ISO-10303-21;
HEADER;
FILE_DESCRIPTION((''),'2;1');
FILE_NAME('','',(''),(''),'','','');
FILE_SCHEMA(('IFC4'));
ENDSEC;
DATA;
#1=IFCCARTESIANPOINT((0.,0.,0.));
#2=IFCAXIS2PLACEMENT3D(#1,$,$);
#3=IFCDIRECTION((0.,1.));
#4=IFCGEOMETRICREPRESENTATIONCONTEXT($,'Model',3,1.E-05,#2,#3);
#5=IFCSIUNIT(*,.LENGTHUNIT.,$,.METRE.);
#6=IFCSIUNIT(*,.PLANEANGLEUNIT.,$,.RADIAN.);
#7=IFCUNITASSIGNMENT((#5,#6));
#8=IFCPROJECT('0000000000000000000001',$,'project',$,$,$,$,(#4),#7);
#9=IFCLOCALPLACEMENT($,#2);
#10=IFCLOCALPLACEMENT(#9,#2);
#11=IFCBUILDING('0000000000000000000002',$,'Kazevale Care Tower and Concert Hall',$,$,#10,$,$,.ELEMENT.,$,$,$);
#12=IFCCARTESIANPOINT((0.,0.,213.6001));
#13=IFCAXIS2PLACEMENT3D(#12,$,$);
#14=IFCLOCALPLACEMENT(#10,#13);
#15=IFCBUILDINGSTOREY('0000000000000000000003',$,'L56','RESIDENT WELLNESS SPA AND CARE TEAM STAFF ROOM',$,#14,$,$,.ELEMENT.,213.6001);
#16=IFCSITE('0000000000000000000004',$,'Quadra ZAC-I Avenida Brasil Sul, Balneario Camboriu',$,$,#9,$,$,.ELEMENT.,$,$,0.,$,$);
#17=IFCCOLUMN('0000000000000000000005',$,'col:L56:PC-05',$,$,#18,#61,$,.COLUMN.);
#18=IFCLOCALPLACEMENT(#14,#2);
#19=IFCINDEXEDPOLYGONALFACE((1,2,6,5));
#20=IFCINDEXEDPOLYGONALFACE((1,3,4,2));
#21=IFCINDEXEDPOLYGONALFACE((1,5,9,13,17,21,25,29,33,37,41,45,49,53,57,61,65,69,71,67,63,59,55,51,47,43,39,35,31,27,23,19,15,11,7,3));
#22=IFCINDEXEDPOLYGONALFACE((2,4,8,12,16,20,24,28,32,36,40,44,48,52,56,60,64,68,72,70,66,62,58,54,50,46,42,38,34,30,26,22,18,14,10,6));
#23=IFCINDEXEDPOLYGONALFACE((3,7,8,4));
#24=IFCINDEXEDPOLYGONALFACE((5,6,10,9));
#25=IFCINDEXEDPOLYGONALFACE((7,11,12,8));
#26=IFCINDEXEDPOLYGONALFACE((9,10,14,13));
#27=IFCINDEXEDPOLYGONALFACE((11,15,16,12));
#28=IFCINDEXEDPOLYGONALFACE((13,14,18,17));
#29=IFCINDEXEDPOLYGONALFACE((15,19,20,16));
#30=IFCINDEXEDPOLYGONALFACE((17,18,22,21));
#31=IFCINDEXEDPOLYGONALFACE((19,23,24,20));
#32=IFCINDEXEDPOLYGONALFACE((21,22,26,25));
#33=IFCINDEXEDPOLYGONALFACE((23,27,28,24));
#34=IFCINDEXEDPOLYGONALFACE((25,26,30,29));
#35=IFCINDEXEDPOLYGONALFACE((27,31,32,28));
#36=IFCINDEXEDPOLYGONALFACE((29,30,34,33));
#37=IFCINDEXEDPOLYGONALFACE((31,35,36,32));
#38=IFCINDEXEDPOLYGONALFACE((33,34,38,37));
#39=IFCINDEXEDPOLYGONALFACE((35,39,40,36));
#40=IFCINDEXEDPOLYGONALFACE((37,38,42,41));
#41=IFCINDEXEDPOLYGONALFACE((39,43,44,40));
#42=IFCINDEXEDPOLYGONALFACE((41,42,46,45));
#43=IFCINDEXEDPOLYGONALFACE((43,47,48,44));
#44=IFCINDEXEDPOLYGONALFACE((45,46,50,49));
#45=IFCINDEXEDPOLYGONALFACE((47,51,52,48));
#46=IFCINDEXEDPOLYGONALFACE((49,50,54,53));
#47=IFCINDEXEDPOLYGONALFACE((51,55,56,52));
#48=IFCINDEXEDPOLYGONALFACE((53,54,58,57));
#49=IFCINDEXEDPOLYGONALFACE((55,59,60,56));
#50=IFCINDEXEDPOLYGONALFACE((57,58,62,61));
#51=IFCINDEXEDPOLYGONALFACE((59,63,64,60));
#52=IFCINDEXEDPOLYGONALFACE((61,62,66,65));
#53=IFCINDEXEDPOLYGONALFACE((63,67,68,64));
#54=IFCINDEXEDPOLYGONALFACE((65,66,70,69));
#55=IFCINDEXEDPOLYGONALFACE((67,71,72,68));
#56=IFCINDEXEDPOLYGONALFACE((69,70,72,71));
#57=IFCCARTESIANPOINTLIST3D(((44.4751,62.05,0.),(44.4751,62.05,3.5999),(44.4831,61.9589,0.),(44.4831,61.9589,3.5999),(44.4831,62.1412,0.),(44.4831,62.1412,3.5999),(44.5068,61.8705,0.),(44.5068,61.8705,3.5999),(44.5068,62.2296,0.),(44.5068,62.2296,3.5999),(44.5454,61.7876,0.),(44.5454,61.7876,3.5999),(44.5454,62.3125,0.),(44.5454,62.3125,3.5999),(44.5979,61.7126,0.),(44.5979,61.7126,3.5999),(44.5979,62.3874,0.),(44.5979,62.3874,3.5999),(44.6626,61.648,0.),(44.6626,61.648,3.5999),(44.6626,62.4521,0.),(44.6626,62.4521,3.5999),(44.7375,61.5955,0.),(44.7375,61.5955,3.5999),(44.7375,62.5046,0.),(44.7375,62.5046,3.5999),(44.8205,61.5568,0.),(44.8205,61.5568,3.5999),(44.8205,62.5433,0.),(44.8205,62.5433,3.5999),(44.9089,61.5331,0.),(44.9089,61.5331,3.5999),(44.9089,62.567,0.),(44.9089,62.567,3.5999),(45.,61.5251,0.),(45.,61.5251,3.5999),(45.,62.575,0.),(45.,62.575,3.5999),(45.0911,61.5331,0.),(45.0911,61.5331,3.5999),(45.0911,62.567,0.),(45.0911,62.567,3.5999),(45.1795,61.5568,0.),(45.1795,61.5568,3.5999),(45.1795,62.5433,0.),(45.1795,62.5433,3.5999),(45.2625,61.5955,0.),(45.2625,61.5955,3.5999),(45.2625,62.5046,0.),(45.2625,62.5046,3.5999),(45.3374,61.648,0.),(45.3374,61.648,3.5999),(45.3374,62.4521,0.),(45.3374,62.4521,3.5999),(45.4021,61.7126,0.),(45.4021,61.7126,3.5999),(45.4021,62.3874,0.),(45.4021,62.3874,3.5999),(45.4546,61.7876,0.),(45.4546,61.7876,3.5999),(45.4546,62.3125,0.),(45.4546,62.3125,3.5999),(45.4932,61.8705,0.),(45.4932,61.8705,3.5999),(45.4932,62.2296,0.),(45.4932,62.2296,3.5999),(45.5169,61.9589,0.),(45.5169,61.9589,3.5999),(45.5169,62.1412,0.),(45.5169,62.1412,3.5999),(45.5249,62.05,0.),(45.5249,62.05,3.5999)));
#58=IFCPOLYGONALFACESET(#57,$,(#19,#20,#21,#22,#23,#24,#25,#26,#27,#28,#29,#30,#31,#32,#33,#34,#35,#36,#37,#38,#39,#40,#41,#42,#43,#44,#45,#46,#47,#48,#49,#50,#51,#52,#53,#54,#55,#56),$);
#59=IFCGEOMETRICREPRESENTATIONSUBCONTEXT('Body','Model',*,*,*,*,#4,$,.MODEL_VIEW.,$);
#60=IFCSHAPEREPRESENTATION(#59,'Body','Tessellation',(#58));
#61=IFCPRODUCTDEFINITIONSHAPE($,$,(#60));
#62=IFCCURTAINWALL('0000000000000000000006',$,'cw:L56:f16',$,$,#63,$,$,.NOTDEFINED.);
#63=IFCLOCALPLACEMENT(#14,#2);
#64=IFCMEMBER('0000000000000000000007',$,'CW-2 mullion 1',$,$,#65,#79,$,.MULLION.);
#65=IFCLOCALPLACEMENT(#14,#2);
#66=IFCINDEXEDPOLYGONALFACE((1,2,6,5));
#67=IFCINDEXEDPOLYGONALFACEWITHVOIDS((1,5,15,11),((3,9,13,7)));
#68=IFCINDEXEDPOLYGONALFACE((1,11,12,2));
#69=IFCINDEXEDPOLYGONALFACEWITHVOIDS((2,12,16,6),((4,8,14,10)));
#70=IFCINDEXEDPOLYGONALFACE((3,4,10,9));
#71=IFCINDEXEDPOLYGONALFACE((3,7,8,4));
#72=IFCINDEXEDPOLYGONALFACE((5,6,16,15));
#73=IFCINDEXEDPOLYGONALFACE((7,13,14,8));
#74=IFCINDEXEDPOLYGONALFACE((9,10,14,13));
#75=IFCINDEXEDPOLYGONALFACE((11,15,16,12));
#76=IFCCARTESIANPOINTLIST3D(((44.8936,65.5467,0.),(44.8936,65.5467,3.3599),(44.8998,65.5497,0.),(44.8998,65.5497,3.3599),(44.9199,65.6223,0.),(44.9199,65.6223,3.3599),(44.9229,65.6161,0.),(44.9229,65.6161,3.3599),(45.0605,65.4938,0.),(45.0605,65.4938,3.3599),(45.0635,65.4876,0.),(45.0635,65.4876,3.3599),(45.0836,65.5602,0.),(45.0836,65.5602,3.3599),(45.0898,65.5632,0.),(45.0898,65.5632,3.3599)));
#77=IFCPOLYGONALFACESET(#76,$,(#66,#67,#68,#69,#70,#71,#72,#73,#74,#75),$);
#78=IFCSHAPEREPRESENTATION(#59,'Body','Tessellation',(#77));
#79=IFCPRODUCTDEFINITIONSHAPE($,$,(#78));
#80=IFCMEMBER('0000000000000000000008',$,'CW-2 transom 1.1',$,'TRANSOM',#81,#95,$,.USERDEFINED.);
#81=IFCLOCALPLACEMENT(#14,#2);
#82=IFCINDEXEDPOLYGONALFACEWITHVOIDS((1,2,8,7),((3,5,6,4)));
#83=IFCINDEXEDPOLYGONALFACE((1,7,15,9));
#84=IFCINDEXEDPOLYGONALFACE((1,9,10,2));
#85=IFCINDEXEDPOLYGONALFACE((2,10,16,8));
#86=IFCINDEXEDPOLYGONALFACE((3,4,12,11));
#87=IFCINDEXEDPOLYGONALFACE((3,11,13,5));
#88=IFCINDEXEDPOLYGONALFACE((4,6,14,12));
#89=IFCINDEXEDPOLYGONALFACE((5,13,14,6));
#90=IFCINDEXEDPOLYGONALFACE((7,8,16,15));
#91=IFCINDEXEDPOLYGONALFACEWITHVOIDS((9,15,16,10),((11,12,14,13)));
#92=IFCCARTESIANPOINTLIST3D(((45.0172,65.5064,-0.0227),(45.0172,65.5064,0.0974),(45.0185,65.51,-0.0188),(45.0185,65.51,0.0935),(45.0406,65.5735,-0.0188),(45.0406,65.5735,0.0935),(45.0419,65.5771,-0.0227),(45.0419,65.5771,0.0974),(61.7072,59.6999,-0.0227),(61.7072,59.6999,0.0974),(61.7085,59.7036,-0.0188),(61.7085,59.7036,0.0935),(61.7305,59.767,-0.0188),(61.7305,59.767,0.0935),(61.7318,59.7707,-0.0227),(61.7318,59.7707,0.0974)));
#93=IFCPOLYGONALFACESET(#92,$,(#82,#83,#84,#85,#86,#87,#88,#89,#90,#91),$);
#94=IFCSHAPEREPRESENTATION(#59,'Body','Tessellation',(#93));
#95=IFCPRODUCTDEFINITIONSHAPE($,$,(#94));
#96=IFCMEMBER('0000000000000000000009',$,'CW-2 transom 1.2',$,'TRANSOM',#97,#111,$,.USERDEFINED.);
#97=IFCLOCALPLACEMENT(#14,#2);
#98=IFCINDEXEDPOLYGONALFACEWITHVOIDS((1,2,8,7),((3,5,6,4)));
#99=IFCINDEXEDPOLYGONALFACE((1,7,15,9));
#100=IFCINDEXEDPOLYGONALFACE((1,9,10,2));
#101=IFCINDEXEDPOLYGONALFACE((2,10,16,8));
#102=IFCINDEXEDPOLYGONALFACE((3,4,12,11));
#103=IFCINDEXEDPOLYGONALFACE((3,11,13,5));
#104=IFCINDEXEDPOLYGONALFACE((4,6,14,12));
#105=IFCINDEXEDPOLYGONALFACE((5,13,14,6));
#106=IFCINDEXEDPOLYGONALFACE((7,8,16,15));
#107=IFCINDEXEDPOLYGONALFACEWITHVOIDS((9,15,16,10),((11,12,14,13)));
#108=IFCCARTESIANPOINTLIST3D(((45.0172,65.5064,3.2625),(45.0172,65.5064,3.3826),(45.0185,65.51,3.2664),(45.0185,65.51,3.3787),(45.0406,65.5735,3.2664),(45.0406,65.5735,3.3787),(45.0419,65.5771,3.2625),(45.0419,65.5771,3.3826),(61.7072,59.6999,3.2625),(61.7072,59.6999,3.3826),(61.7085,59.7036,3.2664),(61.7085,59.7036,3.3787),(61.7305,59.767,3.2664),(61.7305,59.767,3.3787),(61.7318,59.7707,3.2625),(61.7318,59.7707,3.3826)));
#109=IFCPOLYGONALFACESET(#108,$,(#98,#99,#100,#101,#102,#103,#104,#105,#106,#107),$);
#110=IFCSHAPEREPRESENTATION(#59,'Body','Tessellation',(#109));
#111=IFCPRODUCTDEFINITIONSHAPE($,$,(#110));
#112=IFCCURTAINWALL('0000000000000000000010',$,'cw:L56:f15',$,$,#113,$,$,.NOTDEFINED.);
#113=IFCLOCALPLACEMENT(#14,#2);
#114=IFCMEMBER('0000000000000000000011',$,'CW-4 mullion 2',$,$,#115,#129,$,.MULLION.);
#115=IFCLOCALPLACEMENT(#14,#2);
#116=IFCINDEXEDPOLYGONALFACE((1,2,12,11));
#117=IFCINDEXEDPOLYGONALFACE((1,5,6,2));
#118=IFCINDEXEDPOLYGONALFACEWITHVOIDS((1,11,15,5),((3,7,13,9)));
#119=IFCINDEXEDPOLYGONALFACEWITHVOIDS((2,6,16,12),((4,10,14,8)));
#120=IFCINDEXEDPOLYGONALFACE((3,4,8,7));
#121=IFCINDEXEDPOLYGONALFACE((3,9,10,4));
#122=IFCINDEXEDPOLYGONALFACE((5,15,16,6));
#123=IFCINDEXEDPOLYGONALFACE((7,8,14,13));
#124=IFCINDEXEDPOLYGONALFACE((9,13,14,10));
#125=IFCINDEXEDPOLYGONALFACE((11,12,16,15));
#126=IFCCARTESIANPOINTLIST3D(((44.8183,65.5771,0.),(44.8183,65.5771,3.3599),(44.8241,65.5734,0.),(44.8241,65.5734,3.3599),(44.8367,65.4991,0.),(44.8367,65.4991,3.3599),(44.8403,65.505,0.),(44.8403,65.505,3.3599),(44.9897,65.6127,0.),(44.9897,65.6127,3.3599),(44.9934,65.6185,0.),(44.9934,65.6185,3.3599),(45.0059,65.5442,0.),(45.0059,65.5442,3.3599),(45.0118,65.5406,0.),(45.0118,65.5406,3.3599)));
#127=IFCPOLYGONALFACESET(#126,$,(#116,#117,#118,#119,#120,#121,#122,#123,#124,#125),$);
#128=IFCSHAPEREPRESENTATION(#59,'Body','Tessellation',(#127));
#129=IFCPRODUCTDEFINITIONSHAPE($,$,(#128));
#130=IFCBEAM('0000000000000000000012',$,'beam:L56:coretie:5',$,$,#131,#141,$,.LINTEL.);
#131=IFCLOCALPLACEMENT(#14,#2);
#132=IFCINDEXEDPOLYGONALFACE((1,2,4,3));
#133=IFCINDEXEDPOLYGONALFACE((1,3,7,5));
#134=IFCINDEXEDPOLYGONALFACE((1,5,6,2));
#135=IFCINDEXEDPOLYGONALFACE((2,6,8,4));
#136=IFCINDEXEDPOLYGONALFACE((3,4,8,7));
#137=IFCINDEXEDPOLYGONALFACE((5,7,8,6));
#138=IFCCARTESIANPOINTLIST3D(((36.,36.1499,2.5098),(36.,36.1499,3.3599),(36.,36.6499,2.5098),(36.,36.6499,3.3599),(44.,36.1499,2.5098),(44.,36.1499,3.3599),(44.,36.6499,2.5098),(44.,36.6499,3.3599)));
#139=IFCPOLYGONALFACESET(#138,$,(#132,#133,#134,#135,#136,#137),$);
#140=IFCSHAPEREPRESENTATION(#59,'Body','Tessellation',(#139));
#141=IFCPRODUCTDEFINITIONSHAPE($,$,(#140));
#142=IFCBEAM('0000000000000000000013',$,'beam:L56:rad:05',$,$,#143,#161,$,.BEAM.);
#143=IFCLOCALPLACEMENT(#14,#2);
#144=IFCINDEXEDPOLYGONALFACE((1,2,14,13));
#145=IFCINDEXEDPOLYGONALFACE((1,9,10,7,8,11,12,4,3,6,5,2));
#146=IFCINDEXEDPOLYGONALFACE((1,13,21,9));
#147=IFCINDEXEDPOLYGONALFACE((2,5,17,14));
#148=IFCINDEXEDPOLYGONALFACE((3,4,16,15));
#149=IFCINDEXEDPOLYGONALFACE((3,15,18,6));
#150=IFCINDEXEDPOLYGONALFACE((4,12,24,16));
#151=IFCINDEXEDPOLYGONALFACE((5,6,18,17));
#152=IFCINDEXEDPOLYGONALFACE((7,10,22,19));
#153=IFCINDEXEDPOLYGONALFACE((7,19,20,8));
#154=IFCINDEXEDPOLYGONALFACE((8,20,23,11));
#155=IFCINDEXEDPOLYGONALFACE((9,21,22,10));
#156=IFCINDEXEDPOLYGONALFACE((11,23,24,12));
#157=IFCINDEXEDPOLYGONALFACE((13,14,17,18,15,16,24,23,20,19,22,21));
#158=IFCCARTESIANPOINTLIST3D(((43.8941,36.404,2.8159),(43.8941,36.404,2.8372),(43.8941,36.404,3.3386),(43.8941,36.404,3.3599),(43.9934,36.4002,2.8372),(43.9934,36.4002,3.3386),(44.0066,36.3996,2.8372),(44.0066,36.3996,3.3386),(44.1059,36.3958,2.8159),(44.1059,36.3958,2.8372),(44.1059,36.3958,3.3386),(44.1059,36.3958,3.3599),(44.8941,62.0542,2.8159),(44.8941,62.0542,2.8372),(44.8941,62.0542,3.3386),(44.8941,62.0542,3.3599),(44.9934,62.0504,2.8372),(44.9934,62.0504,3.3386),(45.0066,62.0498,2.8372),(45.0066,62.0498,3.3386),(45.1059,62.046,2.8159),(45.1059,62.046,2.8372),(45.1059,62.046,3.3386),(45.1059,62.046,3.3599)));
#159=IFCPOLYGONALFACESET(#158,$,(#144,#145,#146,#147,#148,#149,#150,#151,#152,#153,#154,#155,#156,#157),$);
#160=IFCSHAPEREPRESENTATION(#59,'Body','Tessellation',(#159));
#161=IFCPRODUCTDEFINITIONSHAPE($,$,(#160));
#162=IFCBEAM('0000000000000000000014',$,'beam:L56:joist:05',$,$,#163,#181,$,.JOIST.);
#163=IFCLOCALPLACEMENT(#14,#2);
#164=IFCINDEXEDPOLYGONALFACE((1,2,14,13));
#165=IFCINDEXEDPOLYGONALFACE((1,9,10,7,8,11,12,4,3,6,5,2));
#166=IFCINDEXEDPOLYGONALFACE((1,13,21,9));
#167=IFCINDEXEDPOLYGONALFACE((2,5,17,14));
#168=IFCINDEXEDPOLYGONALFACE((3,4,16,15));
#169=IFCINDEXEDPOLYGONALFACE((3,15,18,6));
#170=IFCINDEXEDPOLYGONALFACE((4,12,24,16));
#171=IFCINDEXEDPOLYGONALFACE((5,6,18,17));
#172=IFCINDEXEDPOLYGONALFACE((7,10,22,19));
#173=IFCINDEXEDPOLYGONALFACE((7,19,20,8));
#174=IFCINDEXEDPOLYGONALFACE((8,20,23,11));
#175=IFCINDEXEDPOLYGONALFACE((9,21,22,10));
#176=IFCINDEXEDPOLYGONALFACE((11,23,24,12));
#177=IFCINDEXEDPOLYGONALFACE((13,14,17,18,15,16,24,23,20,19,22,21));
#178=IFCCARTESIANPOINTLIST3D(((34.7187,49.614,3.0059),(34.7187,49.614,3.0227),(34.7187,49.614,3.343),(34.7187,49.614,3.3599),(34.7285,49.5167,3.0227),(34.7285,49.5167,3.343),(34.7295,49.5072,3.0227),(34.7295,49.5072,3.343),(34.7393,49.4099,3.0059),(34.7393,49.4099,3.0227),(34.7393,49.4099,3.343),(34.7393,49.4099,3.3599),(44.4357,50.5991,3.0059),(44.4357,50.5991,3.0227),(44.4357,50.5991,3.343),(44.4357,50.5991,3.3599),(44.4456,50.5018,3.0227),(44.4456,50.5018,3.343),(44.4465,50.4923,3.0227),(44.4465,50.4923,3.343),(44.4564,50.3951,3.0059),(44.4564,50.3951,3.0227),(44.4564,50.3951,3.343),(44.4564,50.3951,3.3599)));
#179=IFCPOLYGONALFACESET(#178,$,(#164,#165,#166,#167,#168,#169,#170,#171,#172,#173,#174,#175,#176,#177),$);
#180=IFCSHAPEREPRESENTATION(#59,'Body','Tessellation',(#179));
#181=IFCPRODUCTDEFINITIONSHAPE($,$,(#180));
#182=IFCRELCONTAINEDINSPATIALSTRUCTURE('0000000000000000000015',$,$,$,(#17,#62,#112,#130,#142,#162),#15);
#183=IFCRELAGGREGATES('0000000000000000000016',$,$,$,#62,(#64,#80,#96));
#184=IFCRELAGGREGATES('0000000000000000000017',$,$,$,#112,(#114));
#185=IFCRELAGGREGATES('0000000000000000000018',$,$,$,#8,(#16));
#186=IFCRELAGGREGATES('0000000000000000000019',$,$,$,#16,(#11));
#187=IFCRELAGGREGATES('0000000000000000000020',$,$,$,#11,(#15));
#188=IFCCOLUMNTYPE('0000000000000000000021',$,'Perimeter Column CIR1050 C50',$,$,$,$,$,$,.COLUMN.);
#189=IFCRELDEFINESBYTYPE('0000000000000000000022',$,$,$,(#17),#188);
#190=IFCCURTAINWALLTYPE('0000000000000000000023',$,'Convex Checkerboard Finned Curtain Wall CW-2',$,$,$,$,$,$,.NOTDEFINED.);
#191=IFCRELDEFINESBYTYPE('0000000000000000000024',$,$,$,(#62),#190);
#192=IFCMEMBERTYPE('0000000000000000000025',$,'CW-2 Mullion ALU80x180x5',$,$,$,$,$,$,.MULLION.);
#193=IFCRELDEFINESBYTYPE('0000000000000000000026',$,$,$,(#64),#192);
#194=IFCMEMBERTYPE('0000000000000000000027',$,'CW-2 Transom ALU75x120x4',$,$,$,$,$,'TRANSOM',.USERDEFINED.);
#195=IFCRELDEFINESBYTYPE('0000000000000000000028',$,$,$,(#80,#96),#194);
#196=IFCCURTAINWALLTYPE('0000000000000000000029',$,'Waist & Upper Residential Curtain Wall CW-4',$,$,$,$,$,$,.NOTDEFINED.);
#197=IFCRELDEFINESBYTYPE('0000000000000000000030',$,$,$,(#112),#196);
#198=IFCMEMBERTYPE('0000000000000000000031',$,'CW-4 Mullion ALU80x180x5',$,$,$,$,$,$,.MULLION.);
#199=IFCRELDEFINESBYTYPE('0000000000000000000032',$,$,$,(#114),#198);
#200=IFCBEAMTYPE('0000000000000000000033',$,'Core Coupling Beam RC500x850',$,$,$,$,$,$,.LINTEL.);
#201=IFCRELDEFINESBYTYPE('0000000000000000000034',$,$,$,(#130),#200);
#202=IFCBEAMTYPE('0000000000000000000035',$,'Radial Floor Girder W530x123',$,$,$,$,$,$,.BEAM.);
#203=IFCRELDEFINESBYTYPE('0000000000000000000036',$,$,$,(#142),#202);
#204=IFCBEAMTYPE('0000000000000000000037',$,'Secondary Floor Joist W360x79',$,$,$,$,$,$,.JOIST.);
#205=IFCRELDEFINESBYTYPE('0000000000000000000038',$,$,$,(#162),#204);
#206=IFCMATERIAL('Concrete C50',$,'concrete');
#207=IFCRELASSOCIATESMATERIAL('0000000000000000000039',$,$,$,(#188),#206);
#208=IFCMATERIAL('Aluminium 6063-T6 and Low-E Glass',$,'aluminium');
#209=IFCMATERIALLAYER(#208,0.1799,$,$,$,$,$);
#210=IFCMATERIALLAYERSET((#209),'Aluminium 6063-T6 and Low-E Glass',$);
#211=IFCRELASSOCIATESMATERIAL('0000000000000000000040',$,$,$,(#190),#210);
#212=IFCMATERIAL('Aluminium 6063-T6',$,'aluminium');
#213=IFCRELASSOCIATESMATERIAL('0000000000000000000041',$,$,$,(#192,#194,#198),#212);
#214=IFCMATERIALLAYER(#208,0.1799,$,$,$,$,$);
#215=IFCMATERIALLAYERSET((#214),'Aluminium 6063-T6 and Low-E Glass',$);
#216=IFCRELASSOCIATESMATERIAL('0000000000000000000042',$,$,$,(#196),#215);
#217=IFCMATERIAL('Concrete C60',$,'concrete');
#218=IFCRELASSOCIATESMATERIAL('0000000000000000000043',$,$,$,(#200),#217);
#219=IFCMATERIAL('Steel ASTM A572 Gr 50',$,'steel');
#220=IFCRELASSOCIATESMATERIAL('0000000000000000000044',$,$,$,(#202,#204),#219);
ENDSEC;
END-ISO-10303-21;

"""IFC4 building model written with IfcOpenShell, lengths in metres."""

from ifc_helpers import new_model, si_unit, direction, frame, origin, origin_2d, place, context, subcontext, project, spatial, rectangle, hollow_rectangle, circle, i_section, extrude, material, layer, layer_set, material_profile, profile_set, type_object, element, aggregate, save


model = new_model("IFC4")

# Units and contexts
model_context = context("Model", 3, precision=1e-05, world=origin(), true_north=direction((0.0, 1.0)))
body_context = subcontext(model_context, "Body", "Model", "MODEL_VIEW")
ifc_project = project(units=[si_unit("LENGTHUNIT", "METRE"), si_unit("PLANEANGLEUNIT", "RADIAN")], contexts=[model_context])

# Site, building, storey
site_placement = place(None, origin())
site = spatial("IfcSite", under=ifc_project, at=site_placement, Name="Quadra ZAC-I Avenida Brasil Sul, Balneario Camboriu", CompositionType="ELEMENT", RefElevation=0.0)
building_placement = place(site_placement, origin())
building = spatial("IfcBuilding", under=site, at=building_placement, Name="Kazevale Care Tower and Concert Hall", CompositionType="ELEMENT")
storey_placement = place(building_placement, frame((0.0, 0.0, 213.6001)))
storey = spatial("IfcBuildingStorey", under=building, at=storey_placement, Name="L56", Description="RESIDENT WELLNESS SPA AND CARE TEAM STAFF ROOM", CompositionType="ELEMENT", Elevation=213.6001)

# Column
ifc_material_1 = material(Name="Concrete C50", Category="concrete")
ifc_material_profile_1 = material_profile(ifc_material_1, circle(Radius=0.5249, at=origin_2d()), Name="RC-CIR1050")
ifc_profile_set_1 = profile_set([ifc_material_profile_1], Name="Concrete C50")
column_type = type_object("IfcColumnType", Name="Perimeter Column CIR1050 C50", PredefinedType="COLUMN", material=ifc_profile_set_1)
column_placement = place(storey_placement, frame((45.0, 62.05, 0.0), z_axis=(0.0, 0.0, 1.0), x_axis=(1.0, 0.0, 0.0)))
element("IfcColumn", 1, at=column_placement, inside=storey, type_object=column_type, Name="col:L56:PC-05", PredefinedType="COLUMN", context=body_context, shape_type="SweptSolid", body=[
    extrude(circle(Radius=0.5249, at=origin_2d()), origin(), (0.0, 0.0, 1.0), 3.5999),
])

# Curtain wall, members
ifc_material_2 = material(Name="Aluminium 6063-T6 and Low-E Glass", Category="aluminium")
ifc_layer_1 = layer(ifc_material_2, 0.1799)
ifc_layer_set_1 = layer_set([ifc_layer_1], Name="Aluminium 6063-T6 and Low-E Glass")
curtain_wall_type_1 = type_object("IfcCurtainWallType", Name="Convex Checkerboard Finned Curtain Wall CW-2", PredefinedType="NOTDEFINED", material=ifc_layer_set_1)
curtain_wall_1_placement = place(storey_placement, origin())
curtain_wall_1 = element("IfcCurtainWall", 2, at=curtain_wall_1_placement, inside=storey, type_object=curtain_wall_type_1, Name="cw:L56:f16", PredefinedType="NOTDEFINED")
ifc_material_3 = material(Name="Aluminium 6063-T6", Category="aluminium")
ifc_material_profile_2 = material_profile(ifc_material_3, hollow_rectangle(XDim=0.0801, YDim=0.1799, WallThickness=0.0049, at=origin_2d()), Name="ALU80x180x5")
ifc_profile_set_2 = profile_set([ifc_material_profile_2], Name="Aluminium 6063-T6")
member_type_1 = type_object("IfcMemberType", Name="CW-2 Mullion ALU80x180x5", PredefinedType="MULLION", material=ifc_profile_set_2)
member_1_placement = place(storey_placement, frame((44.9917, 65.5549, 0.0), z_axis=(0.0, 0.0, 1.0), x_axis=(0.328584, 0.944475, 0.0)))
member_1 = element("IfcMember", 3, at=member_1_placement, type_object=member_type_1, Name="CW-2 mullion 1", PredefinedType="MULLION", context=body_context, shape_type="SweptSolid", body=[
    extrude(hollow_rectangle(XDim=0.0801, YDim=0.1799, WallThickness=0.0049, at=origin_2d()), origin(), (0.0, 0.0, 1.0), 3.3599),
])
ifc_material_profile_3 = material_profile(ifc_material_3, hollow_rectangle(XDim=0.075, YDim=0.1201, WallThickness=0.0039, at=origin_2d()), Name="ALU75x120x4")
ifc_profile_set_3 = profile_set([ifc_material_profile_3], Name="Aluminium 6063-T6")
member_type_2 = type_object("IfcMemberType", Name="CW-2 Transom ALU75x120x4", ElementType="TRANSOM", PredefinedType="USERDEFINED", material=ifc_profile_set_3)
member_2_placement = place(storey_placement, frame((45.0295, 65.5417, 0.0374), z_axis=(0.944476, -0.328581, 0.0), x_axis=(0.328581, 0.944476, 0.0)))
member_2 = element("IfcMember", 4, at=member_2_placement, type_object=member_type_2, Name="CW-2 transom 1.1", ObjectType="TRANSOM", PredefinedType="USERDEFINED", context=body_context, shape_type="SweptSolid", body=[
    extrude(hollow_rectangle(XDim=0.075, YDim=0.1201, WallThickness=0.0039, at=origin_2d()), origin(), (0.0, 0.0, 1.0), 17.6711),
])
member_3_placement = place(storey_placement, frame((45.0295, 65.5417, 3.3225), z_axis=(0.944476, -0.328581, 0.0), x_axis=(0.328581, 0.944476, 0.0)))
member_3 = element("IfcMember", 5, at=member_3_placement, type_object=member_type_2, Name="CW-2 transom 1.2", ObjectType="TRANSOM", PredefinedType="USERDEFINED", context=body_context, shape_type="SweptSolid", body=[
    extrude(hollow_rectangle(XDim=0.075, YDim=0.1201, WallThickness=0.0039, at=origin_2d()), origin(), (0.0, 0.0, 1.0), 17.6711),
])
aggregate(curtain_wall_1, [member_1, member_2, member_3])

# Curtain wall, member
ifc_layer_2 = layer(ifc_material_2, 0.1799)
ifc_layer_set_2 = layer_set([ifc_layer_2], Name="Aluminium 6063-T6 and Low-E Glass")
curtain_wall_type_2 = type_object("IfcCurtainWallType", Name="Waist & Upper Residential Curtain Wall CW-4", PredefinedType="NOTDEFINED", material=ifc_layer_set_2)
curtain_wall_2_placement = place(storey_placement, origin())
curtain_wall_2 = element("IfcCurtainWall", 6, at=curtain_wall_2_placement, inside=storey, type_object=curtain_wall_type_2, Name="cw:L56:f15", PredefinedType="NOTDEFINED")
ifc_material_profile_4 = material_profile(ifc_material_3, hollow_rectangle(XDim=0.0801, YDim=0.1799, WallThickness=0.0049, at=origin_2d()), Name="ALU80x180x5")
ifc_profile_set_4 = profile_set([ifc_material_profile_4], Name="Aluminium 6063-T6")
member_type_3 = type_object("IfcMemberType", Name="CW-4 Mullion ALU80x180x5", PredefinedType="MULLION", material=ifc_profile_set_4)
member_4_placement = place(storey_placement, frame((44.915, 65.5588, 0.0), z_axis=(0.0, 0.0, 1.0), x_axis=(-0.230439, 0.973087, 0.0)))
member_4 = element("IfcMember", 7, at=member_4_placement, type_object=member_type_3, Name="CW-4 mullion 2", PredefinedType="MULLION", context=body_context, shape_type="SweptSolid", body=[
    extrude(hollow_rectangle(XDim=0.0801, YDim=0.1799, WallThickness=0.0049, at=origin_2d()), origin(), (0.0, 0.0, 1.0), 3.3599),
])

# Beams
ifc_material_4 = material(Name="Concrete C60", Category="concrete")
ifc_material_profile_5 = material_profile(ifc_material_4, rectangle(XDim=0.5, YDim=0.8501, at=origin_2d()), Name="RC-B500x850")
ifc_profile_set_5 = profile_set([ifc_material_profile_5], Name="Concrete C60")
beam_type_1 = type_object("IfcBeamType", Name="Core Coupling Beam RC500x850", PredefinedType="LINTEL", material=ifc_profile_set_5)
beam_1_placement = place(storey_placement, frame((44.0, 36.3999, 2.9348), z_axis=(-1.0, 0.0, 0.0), x_axis=(0.0, -1.0, 0.0)))
element("IfcBeam", 8, at=beam_1_placement, inside=storey, type_object=beam_type_1, Name="beam:L56:coretie:5", PredefinedType="LINTEL", context=body_context, shape_type="SweptSolid", body=[
    extrude(rectangle(XDim=0.5, YDim=0.8501, at=origin_2d()), origin(), (0.0, 0.0, 1.0), 8.0),
])
ifc_material_5 = material(Name="Steel ASTM A572 Gr 50", Category="steel")
ifc_material_profile_6 = material_profile(ifc_material_5, i_section(OverallWidth=0.2119, OverallDepth=0.5439, WebThickness=0.0132, FlangeThickness=0.0212, at=origin_2d()), Name="W530x123")
ifc_profile_set_6 = profile_set([ifc_material_profile_6], Name="Steel ASTM A572 Gr 50")
beam_type_2 = type_object("IfcBeamType", Name="Radial Floor Girder W530x123", PredefinedType="BEAM", material=ifc_profile_set_6)
beam_2_placement = place(storey_placement, frame((44.0, 36.3999, 3.0879), z_axis=(0.038957, 0.999241, 0.0), x_axis=(-0.999241, 0.038957, 0.0)))
element("IfcBeam", 9, at=beam_2_placement, inside=storey, type_object=beam_type_2, Name="beam:L56:rad:05", PredefinedType="BEAM", context=body_context, shape_type="SweptSolid", body=[
    extrude(i_section(OverallWidth=0.2119, OverallDepth=0.5439, WebThickness=0.0132, FlangeThickness=0.0212, at=origin_2d()), origin(), (0.0, 0.0, 1.0), 25.6697),
])
ifc_material_profile_7 = material_profile(ifc_material_5, i_section(OverallWidth=0.2051, OverallDepth=0.354, WebThickness=0.0095, FlangeThickness=0.0168, at=origin_2d()), Name="W360x79")
ifc_profile_set_7 = profile_set([ifc_material_profile_7], Name="Steel ASTM A572 Gr 50")
beam_type_3 = type_object("IfcBeamType", Name="Secondary Floor Joist W360x79", PredefinedType="JOIST", material=ifc_profile_set_7)
beam_3_placement = place(storey_placement, frame((44.446, 50.4971, 3.1829), z_axis=(-0.9949, -0.100862, 0.0), x_axis=(0.100862, -0.9949, 0.0)))
element("IfcBeam", 10, at=beam_3_placement, inside=storey, type_object=beam_type_3, Name="beam:L56:joist:05", PredefinedType="JOIST", context=body_context, shape_type="SweptSolid", body=[
    extrude(i_section(OverallWidth=0.2051, OverallDepth=0.354, WebThickness=0.0095, FlangeThickness=0.0168, at=origin_2d()), origin(), (0.0, 0.0, 1.0), 9.7668),
])

aggregate(curtain_wall_2, [member_4])

save(model, "model.ifc")
